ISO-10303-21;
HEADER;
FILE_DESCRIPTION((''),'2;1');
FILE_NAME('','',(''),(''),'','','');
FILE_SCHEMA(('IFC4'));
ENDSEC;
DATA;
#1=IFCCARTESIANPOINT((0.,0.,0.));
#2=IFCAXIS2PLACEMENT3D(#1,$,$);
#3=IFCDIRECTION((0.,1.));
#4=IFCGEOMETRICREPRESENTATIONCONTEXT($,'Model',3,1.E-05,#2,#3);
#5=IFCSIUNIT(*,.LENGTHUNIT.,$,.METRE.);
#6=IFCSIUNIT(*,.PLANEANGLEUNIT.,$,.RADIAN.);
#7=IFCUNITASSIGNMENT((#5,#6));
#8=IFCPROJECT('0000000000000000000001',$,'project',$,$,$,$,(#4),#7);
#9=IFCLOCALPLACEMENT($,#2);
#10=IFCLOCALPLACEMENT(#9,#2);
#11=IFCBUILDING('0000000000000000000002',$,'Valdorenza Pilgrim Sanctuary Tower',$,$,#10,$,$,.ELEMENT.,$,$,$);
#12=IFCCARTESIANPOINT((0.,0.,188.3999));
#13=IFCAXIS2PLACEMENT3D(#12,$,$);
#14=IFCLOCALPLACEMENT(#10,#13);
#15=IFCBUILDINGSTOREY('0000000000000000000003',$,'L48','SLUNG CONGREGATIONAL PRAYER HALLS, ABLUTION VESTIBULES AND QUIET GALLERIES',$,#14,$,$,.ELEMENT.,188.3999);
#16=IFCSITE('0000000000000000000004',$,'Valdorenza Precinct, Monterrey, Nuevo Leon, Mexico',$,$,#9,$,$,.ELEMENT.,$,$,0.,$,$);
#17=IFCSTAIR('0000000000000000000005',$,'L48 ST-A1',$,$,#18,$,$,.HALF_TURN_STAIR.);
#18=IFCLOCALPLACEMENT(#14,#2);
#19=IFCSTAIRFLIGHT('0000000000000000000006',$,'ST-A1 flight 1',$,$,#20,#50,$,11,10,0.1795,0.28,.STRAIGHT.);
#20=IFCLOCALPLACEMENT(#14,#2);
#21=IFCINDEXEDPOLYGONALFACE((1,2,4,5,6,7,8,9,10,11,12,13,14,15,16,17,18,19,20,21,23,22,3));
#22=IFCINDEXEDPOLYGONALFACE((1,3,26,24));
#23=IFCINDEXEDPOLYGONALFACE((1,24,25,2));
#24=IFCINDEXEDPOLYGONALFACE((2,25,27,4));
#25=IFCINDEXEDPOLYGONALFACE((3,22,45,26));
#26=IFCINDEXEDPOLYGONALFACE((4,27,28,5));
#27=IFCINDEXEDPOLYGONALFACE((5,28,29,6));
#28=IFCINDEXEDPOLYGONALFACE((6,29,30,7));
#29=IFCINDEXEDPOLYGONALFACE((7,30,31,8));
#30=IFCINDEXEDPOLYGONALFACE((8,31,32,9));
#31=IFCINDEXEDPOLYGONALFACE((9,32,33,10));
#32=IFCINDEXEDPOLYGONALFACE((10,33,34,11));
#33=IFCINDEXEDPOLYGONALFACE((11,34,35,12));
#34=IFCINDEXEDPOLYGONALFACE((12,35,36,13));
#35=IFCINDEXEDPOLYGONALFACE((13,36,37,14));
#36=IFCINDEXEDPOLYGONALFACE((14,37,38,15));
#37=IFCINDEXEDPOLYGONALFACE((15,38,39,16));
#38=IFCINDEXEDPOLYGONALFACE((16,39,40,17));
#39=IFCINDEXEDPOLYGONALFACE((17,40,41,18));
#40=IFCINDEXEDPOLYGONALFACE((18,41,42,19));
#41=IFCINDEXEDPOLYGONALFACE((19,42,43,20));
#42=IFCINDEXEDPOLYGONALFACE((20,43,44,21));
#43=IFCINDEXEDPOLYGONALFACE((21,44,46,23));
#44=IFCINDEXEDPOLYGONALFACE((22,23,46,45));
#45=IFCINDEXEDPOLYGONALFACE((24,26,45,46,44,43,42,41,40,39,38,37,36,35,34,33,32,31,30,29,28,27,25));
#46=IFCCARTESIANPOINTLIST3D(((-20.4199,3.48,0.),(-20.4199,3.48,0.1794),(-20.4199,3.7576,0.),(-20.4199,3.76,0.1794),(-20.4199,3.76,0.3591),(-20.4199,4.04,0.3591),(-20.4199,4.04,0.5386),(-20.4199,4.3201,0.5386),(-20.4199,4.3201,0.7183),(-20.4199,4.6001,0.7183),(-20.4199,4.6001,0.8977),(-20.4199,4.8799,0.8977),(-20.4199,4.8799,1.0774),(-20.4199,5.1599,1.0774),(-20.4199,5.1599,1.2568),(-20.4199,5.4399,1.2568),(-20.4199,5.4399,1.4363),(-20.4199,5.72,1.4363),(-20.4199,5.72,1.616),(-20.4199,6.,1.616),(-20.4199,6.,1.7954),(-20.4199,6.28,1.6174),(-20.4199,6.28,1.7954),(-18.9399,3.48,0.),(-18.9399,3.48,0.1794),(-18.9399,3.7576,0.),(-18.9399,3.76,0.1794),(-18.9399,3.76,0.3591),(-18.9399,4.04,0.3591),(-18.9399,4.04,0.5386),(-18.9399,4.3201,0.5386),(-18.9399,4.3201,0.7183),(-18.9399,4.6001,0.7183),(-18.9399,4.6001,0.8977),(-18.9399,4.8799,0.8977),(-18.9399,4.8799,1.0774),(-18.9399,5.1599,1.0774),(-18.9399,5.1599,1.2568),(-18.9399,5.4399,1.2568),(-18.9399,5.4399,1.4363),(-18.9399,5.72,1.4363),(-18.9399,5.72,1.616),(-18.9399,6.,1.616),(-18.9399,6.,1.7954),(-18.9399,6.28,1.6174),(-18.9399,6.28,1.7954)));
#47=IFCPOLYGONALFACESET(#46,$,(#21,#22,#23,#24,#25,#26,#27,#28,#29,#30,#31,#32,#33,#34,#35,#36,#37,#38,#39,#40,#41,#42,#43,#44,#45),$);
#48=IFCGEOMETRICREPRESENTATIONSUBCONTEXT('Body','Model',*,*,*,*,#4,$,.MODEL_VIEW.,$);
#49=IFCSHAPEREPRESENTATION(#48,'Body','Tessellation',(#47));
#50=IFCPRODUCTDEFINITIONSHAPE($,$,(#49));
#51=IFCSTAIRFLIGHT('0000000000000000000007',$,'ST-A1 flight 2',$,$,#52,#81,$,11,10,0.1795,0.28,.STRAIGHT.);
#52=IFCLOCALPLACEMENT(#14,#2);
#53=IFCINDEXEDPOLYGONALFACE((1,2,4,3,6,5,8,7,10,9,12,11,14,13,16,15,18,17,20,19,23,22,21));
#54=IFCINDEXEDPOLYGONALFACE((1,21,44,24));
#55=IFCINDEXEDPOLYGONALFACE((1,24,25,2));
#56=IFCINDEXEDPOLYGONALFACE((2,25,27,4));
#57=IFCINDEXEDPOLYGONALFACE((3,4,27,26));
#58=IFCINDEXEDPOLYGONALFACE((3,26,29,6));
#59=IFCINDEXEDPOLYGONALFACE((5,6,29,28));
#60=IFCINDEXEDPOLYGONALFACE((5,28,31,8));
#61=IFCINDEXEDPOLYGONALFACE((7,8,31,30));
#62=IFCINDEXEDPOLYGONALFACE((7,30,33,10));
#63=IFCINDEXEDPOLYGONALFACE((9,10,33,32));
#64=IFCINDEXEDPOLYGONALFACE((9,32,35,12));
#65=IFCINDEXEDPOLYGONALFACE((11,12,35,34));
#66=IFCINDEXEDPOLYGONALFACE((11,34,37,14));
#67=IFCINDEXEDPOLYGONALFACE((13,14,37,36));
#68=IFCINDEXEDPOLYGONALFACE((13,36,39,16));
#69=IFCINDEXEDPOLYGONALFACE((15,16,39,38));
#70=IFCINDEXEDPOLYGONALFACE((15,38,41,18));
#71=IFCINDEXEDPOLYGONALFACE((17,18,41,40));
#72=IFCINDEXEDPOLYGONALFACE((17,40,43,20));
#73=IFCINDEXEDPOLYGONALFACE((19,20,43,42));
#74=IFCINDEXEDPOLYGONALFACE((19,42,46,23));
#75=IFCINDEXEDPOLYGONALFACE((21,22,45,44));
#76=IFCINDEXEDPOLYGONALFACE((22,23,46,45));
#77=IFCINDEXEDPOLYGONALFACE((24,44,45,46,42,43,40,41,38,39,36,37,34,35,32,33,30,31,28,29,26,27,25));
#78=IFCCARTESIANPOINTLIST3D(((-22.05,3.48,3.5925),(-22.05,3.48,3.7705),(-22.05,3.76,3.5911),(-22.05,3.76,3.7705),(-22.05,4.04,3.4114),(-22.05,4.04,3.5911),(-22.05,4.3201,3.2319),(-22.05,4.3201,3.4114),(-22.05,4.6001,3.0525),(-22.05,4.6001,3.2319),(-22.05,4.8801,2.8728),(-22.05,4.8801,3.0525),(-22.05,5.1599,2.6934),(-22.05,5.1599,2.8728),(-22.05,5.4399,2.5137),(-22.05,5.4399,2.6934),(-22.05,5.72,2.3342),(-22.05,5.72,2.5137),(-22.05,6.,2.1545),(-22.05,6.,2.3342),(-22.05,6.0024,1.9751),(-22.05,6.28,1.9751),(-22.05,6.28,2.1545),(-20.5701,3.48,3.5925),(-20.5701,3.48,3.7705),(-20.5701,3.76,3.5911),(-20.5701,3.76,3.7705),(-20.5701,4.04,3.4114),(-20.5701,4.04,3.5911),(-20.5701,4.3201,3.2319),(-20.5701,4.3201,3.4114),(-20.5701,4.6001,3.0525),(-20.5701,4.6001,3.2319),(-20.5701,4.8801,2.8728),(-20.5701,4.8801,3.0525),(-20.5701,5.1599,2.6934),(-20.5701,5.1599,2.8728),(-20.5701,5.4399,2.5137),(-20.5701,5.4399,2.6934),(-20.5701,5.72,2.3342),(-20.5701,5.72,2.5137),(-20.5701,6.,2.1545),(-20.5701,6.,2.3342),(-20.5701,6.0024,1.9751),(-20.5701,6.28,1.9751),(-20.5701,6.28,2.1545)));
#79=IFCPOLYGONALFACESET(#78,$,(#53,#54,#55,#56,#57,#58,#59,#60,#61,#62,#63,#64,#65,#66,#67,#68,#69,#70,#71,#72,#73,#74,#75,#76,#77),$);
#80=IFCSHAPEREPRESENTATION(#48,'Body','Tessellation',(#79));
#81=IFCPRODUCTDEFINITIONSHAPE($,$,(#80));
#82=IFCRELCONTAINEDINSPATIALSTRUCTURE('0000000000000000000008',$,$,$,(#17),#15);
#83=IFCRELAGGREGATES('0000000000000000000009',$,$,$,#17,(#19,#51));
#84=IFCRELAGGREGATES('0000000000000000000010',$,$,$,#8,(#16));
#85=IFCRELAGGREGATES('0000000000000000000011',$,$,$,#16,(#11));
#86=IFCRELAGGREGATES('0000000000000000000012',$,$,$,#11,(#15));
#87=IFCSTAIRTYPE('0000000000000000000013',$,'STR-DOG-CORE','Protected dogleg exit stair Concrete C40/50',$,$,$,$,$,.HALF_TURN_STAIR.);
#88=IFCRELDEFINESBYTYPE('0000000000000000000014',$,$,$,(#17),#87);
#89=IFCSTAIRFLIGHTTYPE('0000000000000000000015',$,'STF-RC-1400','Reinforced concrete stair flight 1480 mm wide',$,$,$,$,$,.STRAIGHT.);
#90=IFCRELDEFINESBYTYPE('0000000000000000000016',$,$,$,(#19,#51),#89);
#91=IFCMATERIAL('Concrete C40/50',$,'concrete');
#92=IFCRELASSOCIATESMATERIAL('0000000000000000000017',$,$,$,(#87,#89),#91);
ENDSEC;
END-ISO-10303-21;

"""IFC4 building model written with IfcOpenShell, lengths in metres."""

from ifc_helpers import new_model, si_unit, direction, frame, origin, place, context, subcontext, project, spatial, polyline, outline, extrude, material, type_object, element, aggregate, save


model = new_model("IFC4")

# Units and contexts
model_context = context("Model", 3, precision=1e-05, world=origin(), true_north=direction((0.0, 1.0)))
body_context = subcontext(model_context, "Body", "Model", "MODEL_VIEW")
ifc_project = project(units=[si_unit("LENGTHUNIT", "METRE"), si_unit("PLANEANGLEUNIT", "RADIAN")], contexts=[model_context])

# Site, building, storey
site_placement = place(None, origin())
site = spatial("IfcSite", under=ifc_project, at=site_placement, Name="Valdorenza Precinct, Monterrey, Nuevo Leon, Mexico", CompositionType="ELEMENT", RefElevation=0.0)
building_placement = place(site_placement, origin())
building = spatial("IfcBuilding", under=site, at=building_placement, Name="Valdorenza Pilgrim Sanctuary Tower", CompositionType="ELEMENT")
storey_placement = place(building_placement, frame((0.0, 0.0, 188.3999)))
storey = spatial("IfcBuildingStorey", under=building, at=storey_placement, Name="L48", Description="SLUNG CONGREGATIONAL PRAYER HALLS, ABLUTION VESTIBULES AND QUIET GALLERIES", CompositionType="ELEMENT", Elevation=188.3999)

# Shared definitions
ifc_material_1 = material(Name="Concrete C40/50", Category="concrete")

# Stair, stair flights
stair_type = type_object("IfcStairType", Name="STR-DOG-CORE", Description="Protected dogleg exit stair Concrete C40/50", PredefinedType="HALF_TURN_STAIR", material=ifc_material_1)
stair_placement = place(storey_placement, origin())
stair = element("IfcStair", 1, at=stair_placement, inside=storey, type_object=stair_type, Name="L48 ST-A1", PredefinedType="HALF_TURN_STAIR")
stair_flight_type = type_object("IfcStairFlightType", Name="STF-RC-1400", Description="Reinforced concrete stair flight 1480 mm wide", PredefinedType="STRAIGHT", material=ifc_material_1)
stair_flight_1_placement = place(storey_placement, frame((-19.6799, 3.48, 0.0), z_axis=(0.0, 0.0, 1.0), x_axis=(0.0, 1.0, 0.0)))
stair_flight_1 = element("IfcStairFlight", 2, at=stair_flight_1_placement, type_object=stair_flight_type, Name="ST-A1 flight 1", NumberOfRisers=11, NumberOfTreads=10, PredefinedType="STRAIGHT", RiserHeight=0.1795, TreadLength=0.28, context=body_context, shape_type="SweptSolid", body=[
    extrude(outline(polyline([(0.0, 0.0), (0.0, 0.1794), (0.28, 0.1794), (0.28, 0.3591), (0.5601, 0.3591), (0.5601, 0.5386), (0.8401, 0.5386), (0.8401, 0.7183), (1.1201, 0.7183), (1.1201, 0.8977), (1.3999, 0.8977), (1.3999, 1.0774), (1.6799, 1.0774), (1.6799, 1.2568), (1.96, 1.2568), (1.96, 1.4363), (2.24, 1.4363), (2.24, 1.616), (2.52, 1.616), (2.52, 1.7954), (2.8, 1.7954), (2.8, 1.9751), (2.8, 1.6174), (0.2776, 0.0), (0.0, 0.0)])), frame((0.0, 0.74, 0.0), z_axis=(0.0, -1.0, 0.0), x_axis=(1.0, 0.0, 0.0)), (0.0, 0.0, 1.0), 1.48),
])
stair_flight_2_placement = place(storey_placement, frame((-21.3101, 6.28, 1.9751), z_axis=(0.0, 0.0, 1.0), x_axis=(0.0, -1.0, 0.0)))
stair_flight_2 = element("IfcStairFlight", 3, at=stair_flight_2_placement, type_object=stair_flight_type, Name="ST-A1 flight 2", NumberOfRisers=11, NumberOfTreads=10, PredefinedType="STRAIGHT", RiserHeight=0.1795, TreadLength=0.28, context=body_context, shape_type="SweptSolid", body=[
    extrude(outline(polyline([(0.0, 0.0), (0.0, 0.1794), (0.28, 0.1794), (0.28, 0.3591), (0.5601, 0.3591), (0.5601, 0.5386), (0.8401, 0.5386), (0.8401, 0.7183), (1.1201, 0.7183), (1.1201, 0.8977), (1.3999, 0.8977), (1.3999, 1.0774), (1.6799, 1.0774), (1.6799, 1.2568), (1.96, 1.2568), (1.96, 1.4363), (2.24, 1.4363), (2.24, 1.616), (2.52, 1.616), (2.52, 1.7954), (2.8, 1.7954), (2.8, 1.9751), (2.8, 1.6174), (0.2776, 0.0), (0.0, 0.0)])), frame((0.0, 0.74, 0.0), z_axis=(0.0, -1.0, 0.0), x_axis=(1.0, 0.0, 0.0)), (0.0, 0.0, 1.0), 1.48),
])
aggregate(stair, [stair_flight_1, stair_flight_2])

save(model, "model.ifc")
